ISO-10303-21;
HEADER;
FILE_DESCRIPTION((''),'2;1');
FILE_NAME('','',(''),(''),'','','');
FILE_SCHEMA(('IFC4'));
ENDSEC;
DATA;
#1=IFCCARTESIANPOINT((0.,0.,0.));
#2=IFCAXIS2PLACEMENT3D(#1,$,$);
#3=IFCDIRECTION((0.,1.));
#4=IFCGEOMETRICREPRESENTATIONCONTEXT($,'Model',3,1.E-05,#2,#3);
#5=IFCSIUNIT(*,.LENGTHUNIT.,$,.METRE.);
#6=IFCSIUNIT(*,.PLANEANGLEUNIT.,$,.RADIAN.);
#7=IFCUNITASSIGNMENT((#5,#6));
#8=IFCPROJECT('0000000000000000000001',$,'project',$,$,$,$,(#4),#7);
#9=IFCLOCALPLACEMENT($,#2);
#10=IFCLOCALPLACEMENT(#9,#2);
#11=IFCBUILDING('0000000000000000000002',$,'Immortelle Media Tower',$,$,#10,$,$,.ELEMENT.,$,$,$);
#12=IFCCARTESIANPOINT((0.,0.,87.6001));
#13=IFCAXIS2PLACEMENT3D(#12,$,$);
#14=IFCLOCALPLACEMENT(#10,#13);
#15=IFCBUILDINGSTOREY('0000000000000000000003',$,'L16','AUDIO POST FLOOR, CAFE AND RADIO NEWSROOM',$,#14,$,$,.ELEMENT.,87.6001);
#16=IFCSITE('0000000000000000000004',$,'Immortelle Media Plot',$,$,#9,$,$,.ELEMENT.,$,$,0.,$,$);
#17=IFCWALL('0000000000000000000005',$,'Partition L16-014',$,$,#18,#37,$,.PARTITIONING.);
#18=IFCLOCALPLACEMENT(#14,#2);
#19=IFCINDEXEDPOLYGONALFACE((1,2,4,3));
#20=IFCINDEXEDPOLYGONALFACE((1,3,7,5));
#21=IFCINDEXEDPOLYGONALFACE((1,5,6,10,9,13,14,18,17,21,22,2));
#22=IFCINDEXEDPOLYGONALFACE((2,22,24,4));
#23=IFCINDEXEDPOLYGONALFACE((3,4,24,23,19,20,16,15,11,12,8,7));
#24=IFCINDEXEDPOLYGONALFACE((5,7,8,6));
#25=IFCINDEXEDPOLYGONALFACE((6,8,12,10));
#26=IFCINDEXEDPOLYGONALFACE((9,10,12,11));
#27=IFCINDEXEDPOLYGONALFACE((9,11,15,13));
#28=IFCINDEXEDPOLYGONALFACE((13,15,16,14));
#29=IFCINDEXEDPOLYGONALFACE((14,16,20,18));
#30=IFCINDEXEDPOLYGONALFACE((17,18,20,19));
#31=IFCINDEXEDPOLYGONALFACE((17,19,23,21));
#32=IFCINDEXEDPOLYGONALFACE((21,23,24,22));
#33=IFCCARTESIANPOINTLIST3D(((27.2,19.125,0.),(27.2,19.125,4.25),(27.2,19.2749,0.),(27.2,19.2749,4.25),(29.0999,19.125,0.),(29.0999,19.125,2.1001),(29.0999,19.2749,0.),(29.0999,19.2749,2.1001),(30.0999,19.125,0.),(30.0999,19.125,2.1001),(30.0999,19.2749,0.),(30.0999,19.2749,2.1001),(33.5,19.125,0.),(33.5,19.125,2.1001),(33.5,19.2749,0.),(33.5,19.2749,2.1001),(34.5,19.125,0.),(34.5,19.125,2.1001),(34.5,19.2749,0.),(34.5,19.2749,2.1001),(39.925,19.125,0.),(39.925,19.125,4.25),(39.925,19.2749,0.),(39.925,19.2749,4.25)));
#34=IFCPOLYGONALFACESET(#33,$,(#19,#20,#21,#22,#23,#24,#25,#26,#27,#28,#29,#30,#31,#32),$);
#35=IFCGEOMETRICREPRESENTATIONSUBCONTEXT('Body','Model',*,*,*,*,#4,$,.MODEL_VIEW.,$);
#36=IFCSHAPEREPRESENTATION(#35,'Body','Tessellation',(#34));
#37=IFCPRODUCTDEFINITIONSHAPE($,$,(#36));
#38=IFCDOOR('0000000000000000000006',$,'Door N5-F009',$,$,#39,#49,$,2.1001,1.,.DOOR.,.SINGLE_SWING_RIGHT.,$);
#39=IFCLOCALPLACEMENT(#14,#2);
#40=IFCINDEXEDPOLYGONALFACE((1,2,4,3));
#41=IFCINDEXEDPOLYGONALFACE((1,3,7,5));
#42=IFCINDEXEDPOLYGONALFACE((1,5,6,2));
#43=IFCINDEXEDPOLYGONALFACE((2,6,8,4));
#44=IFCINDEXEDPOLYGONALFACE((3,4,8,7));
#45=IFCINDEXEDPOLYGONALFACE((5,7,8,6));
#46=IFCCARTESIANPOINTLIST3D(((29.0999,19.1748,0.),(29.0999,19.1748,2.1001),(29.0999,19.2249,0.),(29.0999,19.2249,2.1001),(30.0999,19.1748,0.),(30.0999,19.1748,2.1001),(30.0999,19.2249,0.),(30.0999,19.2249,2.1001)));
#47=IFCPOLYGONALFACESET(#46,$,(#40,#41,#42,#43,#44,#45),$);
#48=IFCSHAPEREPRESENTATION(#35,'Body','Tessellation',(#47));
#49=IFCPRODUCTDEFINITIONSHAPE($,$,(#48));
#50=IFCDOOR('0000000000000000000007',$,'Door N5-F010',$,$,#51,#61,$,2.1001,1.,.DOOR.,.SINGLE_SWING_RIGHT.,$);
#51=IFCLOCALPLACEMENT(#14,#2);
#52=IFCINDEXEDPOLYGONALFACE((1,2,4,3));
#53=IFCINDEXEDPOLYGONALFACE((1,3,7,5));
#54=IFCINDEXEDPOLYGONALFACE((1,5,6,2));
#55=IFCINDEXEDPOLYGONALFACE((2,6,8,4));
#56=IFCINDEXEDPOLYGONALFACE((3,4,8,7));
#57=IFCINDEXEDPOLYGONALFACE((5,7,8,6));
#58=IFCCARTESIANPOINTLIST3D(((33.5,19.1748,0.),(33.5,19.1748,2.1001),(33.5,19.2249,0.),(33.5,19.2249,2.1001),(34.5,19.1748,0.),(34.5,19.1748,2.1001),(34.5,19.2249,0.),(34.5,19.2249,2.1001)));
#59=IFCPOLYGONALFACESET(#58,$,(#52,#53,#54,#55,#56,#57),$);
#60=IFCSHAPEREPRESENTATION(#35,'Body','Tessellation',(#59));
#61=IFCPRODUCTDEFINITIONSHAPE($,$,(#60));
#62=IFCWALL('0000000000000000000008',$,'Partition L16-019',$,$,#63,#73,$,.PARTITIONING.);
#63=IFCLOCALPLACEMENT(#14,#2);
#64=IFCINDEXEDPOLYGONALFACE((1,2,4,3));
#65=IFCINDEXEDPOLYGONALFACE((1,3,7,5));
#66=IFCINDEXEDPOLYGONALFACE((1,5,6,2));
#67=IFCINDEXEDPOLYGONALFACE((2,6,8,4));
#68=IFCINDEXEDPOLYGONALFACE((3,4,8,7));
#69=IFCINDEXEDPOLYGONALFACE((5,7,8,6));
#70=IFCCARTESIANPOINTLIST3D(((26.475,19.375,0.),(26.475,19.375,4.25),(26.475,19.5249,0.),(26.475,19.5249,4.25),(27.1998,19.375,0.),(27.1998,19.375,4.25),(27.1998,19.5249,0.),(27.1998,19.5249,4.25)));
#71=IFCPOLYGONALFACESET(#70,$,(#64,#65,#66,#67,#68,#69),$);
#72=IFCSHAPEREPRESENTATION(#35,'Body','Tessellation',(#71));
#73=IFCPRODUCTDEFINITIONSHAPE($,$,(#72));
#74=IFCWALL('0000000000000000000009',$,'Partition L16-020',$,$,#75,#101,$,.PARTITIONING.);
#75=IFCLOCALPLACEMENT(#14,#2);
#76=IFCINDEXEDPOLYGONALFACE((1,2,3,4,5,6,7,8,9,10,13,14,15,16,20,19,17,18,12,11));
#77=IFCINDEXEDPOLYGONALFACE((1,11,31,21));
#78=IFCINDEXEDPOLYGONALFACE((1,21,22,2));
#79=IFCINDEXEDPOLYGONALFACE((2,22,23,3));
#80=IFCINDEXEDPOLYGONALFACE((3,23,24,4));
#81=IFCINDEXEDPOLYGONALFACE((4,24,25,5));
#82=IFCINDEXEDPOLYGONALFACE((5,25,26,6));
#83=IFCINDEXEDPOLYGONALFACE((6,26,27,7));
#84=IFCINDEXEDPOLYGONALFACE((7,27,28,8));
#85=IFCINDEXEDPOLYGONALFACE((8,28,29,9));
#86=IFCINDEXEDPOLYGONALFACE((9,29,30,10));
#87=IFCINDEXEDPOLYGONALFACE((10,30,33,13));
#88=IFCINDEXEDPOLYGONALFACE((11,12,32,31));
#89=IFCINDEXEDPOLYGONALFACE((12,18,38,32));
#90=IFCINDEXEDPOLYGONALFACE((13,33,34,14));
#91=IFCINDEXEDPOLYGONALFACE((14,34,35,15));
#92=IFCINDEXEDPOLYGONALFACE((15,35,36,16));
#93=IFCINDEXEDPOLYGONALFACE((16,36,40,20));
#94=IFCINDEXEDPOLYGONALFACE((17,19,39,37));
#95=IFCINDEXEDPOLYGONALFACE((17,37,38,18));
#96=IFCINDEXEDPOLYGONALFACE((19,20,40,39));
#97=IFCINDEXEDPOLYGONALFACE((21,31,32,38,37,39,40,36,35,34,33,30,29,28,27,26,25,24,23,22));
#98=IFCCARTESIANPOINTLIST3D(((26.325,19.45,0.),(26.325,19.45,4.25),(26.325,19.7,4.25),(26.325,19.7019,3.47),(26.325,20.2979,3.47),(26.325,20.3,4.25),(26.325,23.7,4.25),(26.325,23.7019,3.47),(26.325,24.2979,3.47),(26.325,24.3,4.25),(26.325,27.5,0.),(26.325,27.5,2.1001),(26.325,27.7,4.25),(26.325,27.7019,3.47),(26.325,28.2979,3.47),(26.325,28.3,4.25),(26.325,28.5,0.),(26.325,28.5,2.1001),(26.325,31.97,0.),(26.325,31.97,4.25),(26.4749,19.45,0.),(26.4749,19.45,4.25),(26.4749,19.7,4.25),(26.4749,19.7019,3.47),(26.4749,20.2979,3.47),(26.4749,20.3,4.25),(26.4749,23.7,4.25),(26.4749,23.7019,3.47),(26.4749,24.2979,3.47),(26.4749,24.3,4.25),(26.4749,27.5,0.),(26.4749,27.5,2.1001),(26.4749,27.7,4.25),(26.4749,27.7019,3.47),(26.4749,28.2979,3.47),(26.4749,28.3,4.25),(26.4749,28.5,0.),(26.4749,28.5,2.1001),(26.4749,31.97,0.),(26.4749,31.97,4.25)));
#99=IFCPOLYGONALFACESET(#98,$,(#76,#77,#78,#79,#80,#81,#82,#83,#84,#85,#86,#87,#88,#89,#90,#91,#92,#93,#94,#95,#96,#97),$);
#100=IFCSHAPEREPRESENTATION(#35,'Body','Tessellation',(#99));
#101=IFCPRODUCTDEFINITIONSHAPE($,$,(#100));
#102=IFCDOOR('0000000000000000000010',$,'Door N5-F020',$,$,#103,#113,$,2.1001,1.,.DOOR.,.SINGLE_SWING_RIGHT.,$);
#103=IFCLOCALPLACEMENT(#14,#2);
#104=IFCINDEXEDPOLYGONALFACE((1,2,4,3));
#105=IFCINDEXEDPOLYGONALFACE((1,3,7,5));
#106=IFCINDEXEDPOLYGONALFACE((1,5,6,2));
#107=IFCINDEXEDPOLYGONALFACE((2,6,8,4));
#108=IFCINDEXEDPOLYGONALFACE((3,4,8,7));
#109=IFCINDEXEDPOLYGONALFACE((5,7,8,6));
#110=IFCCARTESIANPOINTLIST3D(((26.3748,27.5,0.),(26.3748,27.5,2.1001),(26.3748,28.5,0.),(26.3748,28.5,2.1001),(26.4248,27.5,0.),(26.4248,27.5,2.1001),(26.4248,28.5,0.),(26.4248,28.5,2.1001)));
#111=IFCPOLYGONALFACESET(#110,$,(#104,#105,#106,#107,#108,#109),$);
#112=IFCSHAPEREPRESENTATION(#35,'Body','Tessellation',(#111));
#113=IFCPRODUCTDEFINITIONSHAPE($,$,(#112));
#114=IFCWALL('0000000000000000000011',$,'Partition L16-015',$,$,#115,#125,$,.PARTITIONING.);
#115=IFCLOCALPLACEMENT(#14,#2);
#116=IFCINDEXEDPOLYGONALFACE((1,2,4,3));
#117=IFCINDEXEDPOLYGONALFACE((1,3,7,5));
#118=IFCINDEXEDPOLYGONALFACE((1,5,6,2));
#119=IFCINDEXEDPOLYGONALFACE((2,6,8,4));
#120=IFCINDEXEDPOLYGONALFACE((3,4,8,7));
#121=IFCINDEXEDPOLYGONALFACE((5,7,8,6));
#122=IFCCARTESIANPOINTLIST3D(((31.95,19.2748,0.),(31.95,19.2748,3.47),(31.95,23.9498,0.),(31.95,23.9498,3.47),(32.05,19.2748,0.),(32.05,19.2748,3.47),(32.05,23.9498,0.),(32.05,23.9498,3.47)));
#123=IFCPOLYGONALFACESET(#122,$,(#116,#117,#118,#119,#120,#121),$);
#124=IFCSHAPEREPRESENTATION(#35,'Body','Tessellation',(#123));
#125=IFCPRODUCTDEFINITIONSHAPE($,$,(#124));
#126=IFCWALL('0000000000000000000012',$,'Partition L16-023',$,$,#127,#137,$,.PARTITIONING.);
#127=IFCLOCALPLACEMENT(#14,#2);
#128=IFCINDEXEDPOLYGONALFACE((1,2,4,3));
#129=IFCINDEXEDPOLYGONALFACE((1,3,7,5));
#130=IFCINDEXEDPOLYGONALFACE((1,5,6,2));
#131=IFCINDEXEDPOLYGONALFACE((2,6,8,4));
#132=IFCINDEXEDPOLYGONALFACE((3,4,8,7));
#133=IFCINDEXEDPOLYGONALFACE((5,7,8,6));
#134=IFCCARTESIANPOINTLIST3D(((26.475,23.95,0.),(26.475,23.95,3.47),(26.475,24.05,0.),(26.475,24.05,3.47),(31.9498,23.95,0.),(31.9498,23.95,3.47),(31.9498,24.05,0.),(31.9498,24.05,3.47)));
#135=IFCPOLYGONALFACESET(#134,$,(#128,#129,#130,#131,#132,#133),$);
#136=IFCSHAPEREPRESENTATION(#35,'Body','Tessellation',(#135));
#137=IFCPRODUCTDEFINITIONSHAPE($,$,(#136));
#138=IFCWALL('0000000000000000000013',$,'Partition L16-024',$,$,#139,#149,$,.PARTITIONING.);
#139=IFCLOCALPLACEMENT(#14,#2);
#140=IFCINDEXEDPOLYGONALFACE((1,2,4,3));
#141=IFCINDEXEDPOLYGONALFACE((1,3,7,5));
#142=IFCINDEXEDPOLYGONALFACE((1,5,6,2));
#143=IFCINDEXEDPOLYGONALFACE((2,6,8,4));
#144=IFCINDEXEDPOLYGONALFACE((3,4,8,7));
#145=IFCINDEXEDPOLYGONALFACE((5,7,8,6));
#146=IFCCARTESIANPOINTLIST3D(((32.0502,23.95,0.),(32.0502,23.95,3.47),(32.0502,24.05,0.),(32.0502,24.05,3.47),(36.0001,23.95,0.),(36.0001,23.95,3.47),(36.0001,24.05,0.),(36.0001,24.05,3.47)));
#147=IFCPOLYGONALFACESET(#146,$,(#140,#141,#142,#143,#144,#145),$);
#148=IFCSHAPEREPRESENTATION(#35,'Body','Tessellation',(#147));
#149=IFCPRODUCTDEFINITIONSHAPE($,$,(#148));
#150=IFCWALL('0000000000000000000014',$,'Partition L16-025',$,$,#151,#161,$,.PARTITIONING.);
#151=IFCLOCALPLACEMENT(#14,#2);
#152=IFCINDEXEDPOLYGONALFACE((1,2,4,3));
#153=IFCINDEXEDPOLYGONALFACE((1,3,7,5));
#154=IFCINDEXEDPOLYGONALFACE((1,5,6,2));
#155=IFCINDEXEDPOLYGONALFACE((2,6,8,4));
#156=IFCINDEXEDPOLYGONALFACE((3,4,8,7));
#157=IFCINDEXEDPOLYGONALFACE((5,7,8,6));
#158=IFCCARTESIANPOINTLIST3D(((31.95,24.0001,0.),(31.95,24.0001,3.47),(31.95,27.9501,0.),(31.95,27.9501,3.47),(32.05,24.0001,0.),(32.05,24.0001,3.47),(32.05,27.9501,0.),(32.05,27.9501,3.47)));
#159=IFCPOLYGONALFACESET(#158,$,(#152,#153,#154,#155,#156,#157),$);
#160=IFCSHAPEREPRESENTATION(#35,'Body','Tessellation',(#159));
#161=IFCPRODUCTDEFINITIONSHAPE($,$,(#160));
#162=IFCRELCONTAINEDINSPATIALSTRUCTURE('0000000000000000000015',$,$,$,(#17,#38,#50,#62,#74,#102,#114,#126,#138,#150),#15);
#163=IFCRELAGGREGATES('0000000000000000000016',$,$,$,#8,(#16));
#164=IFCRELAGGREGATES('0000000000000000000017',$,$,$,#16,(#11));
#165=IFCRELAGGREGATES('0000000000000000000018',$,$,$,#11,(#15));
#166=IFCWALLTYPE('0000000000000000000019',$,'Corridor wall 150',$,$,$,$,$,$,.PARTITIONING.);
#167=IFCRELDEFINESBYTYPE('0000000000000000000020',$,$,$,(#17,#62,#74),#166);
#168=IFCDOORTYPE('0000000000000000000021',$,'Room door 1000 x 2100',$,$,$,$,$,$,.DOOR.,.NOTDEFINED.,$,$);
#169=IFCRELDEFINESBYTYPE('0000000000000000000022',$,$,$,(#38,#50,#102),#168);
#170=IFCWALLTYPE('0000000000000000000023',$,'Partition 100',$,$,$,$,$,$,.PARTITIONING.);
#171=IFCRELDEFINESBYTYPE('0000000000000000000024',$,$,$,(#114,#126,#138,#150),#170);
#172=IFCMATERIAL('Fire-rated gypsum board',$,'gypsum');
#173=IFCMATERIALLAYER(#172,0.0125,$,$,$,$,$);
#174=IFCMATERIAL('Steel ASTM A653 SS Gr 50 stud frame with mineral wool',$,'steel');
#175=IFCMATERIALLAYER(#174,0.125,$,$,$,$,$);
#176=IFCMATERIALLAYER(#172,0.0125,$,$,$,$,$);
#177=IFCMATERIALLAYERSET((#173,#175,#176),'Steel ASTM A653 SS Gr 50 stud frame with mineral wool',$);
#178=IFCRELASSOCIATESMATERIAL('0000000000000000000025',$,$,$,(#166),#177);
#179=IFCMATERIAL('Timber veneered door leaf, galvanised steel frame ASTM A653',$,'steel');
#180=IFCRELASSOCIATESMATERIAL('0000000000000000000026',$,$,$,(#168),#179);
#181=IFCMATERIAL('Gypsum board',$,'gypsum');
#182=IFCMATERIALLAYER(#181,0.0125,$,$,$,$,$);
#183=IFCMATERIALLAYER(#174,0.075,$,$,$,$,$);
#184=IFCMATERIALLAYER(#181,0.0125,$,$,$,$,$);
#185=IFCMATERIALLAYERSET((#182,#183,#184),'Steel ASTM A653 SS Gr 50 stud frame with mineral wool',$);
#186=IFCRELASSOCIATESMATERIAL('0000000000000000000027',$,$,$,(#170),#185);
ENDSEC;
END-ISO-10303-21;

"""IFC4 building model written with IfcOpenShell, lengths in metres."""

from ifc_helpers import new_model, si_unit, direction, frame, frame_2d, origin, place, context, subcontext, project, spatial, polyline, rectangle, outline, extrude, material, layer, layer_set, type_object, element, fill, save


model = new_model("IFC4")

# Units and contexts
model_context = context("Model", 3, precision=1e-05, world=origin(), true_north=direction((0.0, 1.0)))
body_context = subcontext(model_context, "Body", "Model", "MODEL_VIEW")
ifc_project = project(units=[si_unit("LENGTHUNIT", "METRE"), si_unit("PLANEANGLEUNIT", "RADIAN")], contexts=[model_context])

# Site, building, storey
site_placement = place(None, origin())
site = spatial("IfcSite", under=ifc_project, at=site_placement, Name="Immortelle Media Plot", CompositionType="ELEMENT", RefElevation=0.0)
building_placement = place(site_placement, origin())
building = spatial("IfcBuilding", under=site, at=building_placement, Name="Immortelle Media Tower", CompositionType="ELEMENT")
storey_placement = place(building_placement, frame((0.0, 0.0, 87.6001)))
storey = spatial("IfcBuildingStorey", under=building, at=storey_placement, Name="L16", Description="AUDIO POST FLOOR, CAFE AND RADIO NEWSROOM", CompositionType="ELEMENT", Elevation=87.6001)

# Shared definitions
ifc_material_1 = material(Name="Fire-rated gypsum board", Category="gypsum")
ifc_material_2 = material(Name="Steel ASTM A653 SS Gr 50 stud frame with mineral wool", Category="steel")

# Wall, openings, doors
ifc_layer_1 = layer(ifc_material_1, 0.0125)
ifc_layer_2 = layer(ifc_material_2, 0.125)
ifc_layer_3 = layer(ifc_material_1, 0.0125)
ifc_layer_set_1 = layer_set([ifc_layer_1, ifc_layer_2, ifc_layer_3], Name="Steel ASTM A653 SS Gr 50 stud frame with mineral wool")
wall_type_1 = type_object("IfcWallType", Name="Corridor wall 150", PredefinedType="PARTITIONING", material=ifc_layer_set_1)
wall_1_placement = place(storey_placement, frame((27.2, 19.2, 0.0), z_axis=(0.0, 0.0, 1.0), x_axis=(1.0, 0.0, 0.0)))
wall_1 = element("IfcWall", 1, at=wall_1_placement, inside=storey, type_object=wall_type_1, Name="Partition L16-014", PredefinedType="PARTITIONING", context=body_context, shape_type="SweptSolid", body=[
    extrude(rectangle(XDim=12.7251, YDim=0.1499, at=frame_2d((6.3625, 0.0))), origin(), (0.0, 0.0, 1.0), 4.25),
])
opening_1_placement = place(wall_1_placement, frame((1.8999, 0.0, 0.0)))
opening_1 = element("IfcOpeningElement", 2, at=opening_1_placement, cuts=wall_1, PredefinedType="OPENING", context=body_context, shape_type="SweptSolid", body=[
    extrude(rectangle(XDim=1.0, YDim=2.1001, at=frame_2d((0.5, 1.05))), frame((0.0, 0.085, 0.0), z_axis=(0.0, -1.0, 0.0), x_axis=(1.0, 0.0, 0.0)), (0.0, 0.0, 1.0), 0.1699),
])
opening_2_placement = place(wall_1_placement, frame((6.3, 0.0, 0.0)))
opening_2 = element("IfcOpeningElement", 3, at=opening_2_placement, cuts=wall_1, PredefinedType="OPENING", context=body_context, shape_type="SweptSolid", body=[
    extrude(rectangle(XDim=1.0, YDim=2.1001, at=frame_2d((0.5, 1.05))), frame((0.0, 0.085, 0.0), z_axis=(0.0, -1.0, 0.0), x_axis=(1.0, 0.0, 0.0)), (0.0, 0.0, 1.0), 0.1699),
])
ifc_material_3 = material(Name="Timber veneered door leaf, galvanised steel frame ASTM A653", Category="steel")
door_type = type_object("IfcDoorType", Name="Room door 1000 x 2100", OperationType="NOTDEFINED", PredefinedType="DOOR", material=ifc_material_3)
door_1_placement = place(opening_1_placement, origin())
door_1 = element("IfcDoor", 4, at=door_1_placement, inside=storey, type_object=door_type, Name="Door N5-F009", OperationType="SINGLE_SWING_RIGHT", OverallHeight=2.1001, OverallWidth=1.0, PredefinedType="DOOR", context=body_context, shape_type="SweptSolid", body=[
    extrude(rectangle(XDim=1.0, YDim=2.1001, at=frame_2d((0.5, 1.05))), frame((0.0, 0.0249, 0.0), z_axis=(0.0, -1.0, 0.0), x_axis=(1.0, 0.0, 0.0)), (0.0, 0.0, 1.0), 0.05),
])
fill(opening_1, door_1)
door_2_placement = place(opening_2_placement, origin())
door_2 = element("IfcDoor", 5, at=door_2_placement, inside=storey, type_object=door_type, Name="Door N5-F010", OperationType="SINGLE_SWING_RIGHT", OverallHeight=2.1001, OverallWidth=1.0, PredefinedType="DOOR", context=body_context, shape_type="SweptSolid", body=[
    extrude(rectangle(XDim=1.0, YDim=2.1001, at=frame_2d((0.5, 1.05))), frame((0.0, 0.0249, 0.0), z_axis=(0.0, -1.0, 0.0), x_axis=(1.0, 0.0, 0.0)), (0.0, 0.0, 1.0), 0.05),
])
fill(opening_2, door_2)

# Wall
wall_2_placement = place(storey_placement, frame((26.4751, 19.45, 0.0), z_axis=(0.0, 0.0, 1.0), x_axis=(1.0, 0.0, 0.0)))
element("IfcWall", 6, at=wall_2_placement, inside=storey, type_object=wall_type_1, Name="Partition L16-019", PredefinedType="PARTITIONING", context=body_context, shape_type="SweptSolid", body=[
    extrude(rectangle(XDim=0.7249, YDim=0.1499, at=frame_2d((0.3623, 0.0))), origin(), (0.0, 0.0, 1.0), 4.25),
])

# Wall, opening, door
wall_3_placement = place(storey_placement, frame((26.3999, 19.45, 0.0), z_axis=(0.0, 0.0, 1.0), x_axis=(0.0, 1.0, 0.0)))
wall_3 = element("IfcWall", 7, at=wall_3_placement, inside=storey, type_object=wall_type_1, Name="Partition L16-020", PredefinedType="PARTITIONING", context=body_context, shape_type="SweptSolid", body=[
    extrude(outline(polyline([(0.0, 0.0), (12.52, 0.0), (12.52, 4.25), (8.8501, 4.25), (8.8479, 3.47), (8.252, 3.47), (8.25, 4.25), (4.8501, 4.25), (4.8479, 3.47), (4.252, 3.47), (4.25, 4.25), (0.8501, 4.25), (0.8479, 3.47), (0.252, 3.47), (0.25, 4.25), (0.0, 4.25), (0.0, 0.0)])), frame((0.0, 0.075, 0.0), z_axis=(0.0, -1.0, 0.0), x_axis=(1.0, 0.0, 0.0)), (0.0, 0.0, 1.0), 0.1499),
])
opening_3_placement = place(wall_3_placement, frame((9.05, 0.0, 0.0), z_axis=(0.0, 0.0, 1.0), x_axis=(-1.0, 0.0, 0.0)))
opening_3 = element("IfcOpeningElement", 8, at=opening_3_placement, cuts=wall_3, PredefinedType="OPENING", context=body_context, shape_type="SweptSolid", body=[
    extrude(rectangle(XDim=1.0, YDim=2.1001, at=frame_2d((0.5, 1.05))), frame((0.0, 0.085, 0.0), z_axis=(0.0, -1.0, 0.0), x_axis=(1.0, 0.0, 0.0)), (0.0, 0.0, 1.0), 0.1699),
])
door_3_placement = place(opening_3_placement, origin())
door_3 = element("IfcDoor", 9, at=door_3_placement, inside=storey, type_object=door_type, Name="Door N5-F020", OperationType="SINGLE_SWING_RIGHT", OverallHeight=2.1001, OverallWidth=1.0, PredefinedType="DOOR", context=body_context, shape_type="SweptSolid", body=[
    extrude(rectangle(XDim=1.0, YDim=2.1001, at=frame_2d((0.5, 1.05))), frame((0.0, 0.0249, 0.0), z_axis=(0.0, -1.0, 0.0), x_axis=(1.0, 0.0, 0.0)), (0.0, 0.0, 1.0), 0.05),
])
fill(opening_3, door_3)

# Walls
ifc_material_4 = material(Name="Gypsum board", Category="gypsum")
ifc_layer_4 = layer(ifc_material_4, 0.0125)
ifc_layer_5 = layer(ifc_material_2, 0.075)
ifc_layer_6 = layer(ifc_material_4, 0.0125)
ifc_layer_set_2 = layer_set([ifc_layer_4, ifc_layer_5, ifc_layer_6], Name="Steel ASTM A653 SS Gr 50 stud frame with mineral wool")
wall_type_2 = type_object("IfcWallType", Name="Partition 100", PredefinedType="PARTITIONING", material=ifc_layer_set_2)
wall_4_placement = place(storey_placement, frame((32.0, 19.2749, 0.0), z_axis=(0.0, 0.0, 1.0), x_axis=(0.0, 1.0, 0.0)))
element("IfcWall", 10, at=wall_4_placement, inside=storey, type_object=wall_type_2, Name="Partition L16-015", PredefinedType="PARTITIONING", context=body_context, shape_type="SweptSolid", body=[
    extrude(rectangle(XDim=4.675, YDim=0.1001, at=frame_2d((2.3374, 0.0))), origin(), (0.0, 0.0, 1.0), 3.47),
])
wall_5_placement = place(storey_placement, frame((26.4751, 24.0, 0.0), z_axis=(0.0, 0.0, 1.0), x_axis=(1.0, 0.0, 0.0)))
element("IfcWall", 11, at=wall_5_placement, inside=storey, type_object=wall_type_2, Name="Partition L16-023", PredefinedType="PARTITIONING", context=body_context, shape_type="SweptSolid", body=[
    extrude(rectangle(XDim=5.4749, YDim=0.1001, at=frame_2d((2.7373, 0.0))), origin(), (0.0, 0.0, 1.0), 3.47),
])
for number, where, z_axis, x_axis, name in (
    (12, (32.05, 24.0, 0.0), (0.0, 0.0, 1.0), (1.0, 0.0, 0.0), "Partition L16-024"),
    (13, (32.0, 24.0, 0.0), (0.0, 0.0, 1.0), (0.0, 1.0, 0.0), "Partition L16-025"),
):
    element("IfcWall", number, at=place(storey_placement, frame(where, z_axis=z_axis, x_axis=x_axis)), inside=storey, type_object=wall_type_2, Name=name, PredefinedType="PARTITIONING", context=body_context, shape_type="SweptSolid", body=[
        extrude(rectangle(XDim=3.95, YDim=0.1001, at=frame_2d((1.9751, 0.0))), origin(), (0.0, 0.0, 1.0), 3.47),
    ])

save(model, "model.ifc")
